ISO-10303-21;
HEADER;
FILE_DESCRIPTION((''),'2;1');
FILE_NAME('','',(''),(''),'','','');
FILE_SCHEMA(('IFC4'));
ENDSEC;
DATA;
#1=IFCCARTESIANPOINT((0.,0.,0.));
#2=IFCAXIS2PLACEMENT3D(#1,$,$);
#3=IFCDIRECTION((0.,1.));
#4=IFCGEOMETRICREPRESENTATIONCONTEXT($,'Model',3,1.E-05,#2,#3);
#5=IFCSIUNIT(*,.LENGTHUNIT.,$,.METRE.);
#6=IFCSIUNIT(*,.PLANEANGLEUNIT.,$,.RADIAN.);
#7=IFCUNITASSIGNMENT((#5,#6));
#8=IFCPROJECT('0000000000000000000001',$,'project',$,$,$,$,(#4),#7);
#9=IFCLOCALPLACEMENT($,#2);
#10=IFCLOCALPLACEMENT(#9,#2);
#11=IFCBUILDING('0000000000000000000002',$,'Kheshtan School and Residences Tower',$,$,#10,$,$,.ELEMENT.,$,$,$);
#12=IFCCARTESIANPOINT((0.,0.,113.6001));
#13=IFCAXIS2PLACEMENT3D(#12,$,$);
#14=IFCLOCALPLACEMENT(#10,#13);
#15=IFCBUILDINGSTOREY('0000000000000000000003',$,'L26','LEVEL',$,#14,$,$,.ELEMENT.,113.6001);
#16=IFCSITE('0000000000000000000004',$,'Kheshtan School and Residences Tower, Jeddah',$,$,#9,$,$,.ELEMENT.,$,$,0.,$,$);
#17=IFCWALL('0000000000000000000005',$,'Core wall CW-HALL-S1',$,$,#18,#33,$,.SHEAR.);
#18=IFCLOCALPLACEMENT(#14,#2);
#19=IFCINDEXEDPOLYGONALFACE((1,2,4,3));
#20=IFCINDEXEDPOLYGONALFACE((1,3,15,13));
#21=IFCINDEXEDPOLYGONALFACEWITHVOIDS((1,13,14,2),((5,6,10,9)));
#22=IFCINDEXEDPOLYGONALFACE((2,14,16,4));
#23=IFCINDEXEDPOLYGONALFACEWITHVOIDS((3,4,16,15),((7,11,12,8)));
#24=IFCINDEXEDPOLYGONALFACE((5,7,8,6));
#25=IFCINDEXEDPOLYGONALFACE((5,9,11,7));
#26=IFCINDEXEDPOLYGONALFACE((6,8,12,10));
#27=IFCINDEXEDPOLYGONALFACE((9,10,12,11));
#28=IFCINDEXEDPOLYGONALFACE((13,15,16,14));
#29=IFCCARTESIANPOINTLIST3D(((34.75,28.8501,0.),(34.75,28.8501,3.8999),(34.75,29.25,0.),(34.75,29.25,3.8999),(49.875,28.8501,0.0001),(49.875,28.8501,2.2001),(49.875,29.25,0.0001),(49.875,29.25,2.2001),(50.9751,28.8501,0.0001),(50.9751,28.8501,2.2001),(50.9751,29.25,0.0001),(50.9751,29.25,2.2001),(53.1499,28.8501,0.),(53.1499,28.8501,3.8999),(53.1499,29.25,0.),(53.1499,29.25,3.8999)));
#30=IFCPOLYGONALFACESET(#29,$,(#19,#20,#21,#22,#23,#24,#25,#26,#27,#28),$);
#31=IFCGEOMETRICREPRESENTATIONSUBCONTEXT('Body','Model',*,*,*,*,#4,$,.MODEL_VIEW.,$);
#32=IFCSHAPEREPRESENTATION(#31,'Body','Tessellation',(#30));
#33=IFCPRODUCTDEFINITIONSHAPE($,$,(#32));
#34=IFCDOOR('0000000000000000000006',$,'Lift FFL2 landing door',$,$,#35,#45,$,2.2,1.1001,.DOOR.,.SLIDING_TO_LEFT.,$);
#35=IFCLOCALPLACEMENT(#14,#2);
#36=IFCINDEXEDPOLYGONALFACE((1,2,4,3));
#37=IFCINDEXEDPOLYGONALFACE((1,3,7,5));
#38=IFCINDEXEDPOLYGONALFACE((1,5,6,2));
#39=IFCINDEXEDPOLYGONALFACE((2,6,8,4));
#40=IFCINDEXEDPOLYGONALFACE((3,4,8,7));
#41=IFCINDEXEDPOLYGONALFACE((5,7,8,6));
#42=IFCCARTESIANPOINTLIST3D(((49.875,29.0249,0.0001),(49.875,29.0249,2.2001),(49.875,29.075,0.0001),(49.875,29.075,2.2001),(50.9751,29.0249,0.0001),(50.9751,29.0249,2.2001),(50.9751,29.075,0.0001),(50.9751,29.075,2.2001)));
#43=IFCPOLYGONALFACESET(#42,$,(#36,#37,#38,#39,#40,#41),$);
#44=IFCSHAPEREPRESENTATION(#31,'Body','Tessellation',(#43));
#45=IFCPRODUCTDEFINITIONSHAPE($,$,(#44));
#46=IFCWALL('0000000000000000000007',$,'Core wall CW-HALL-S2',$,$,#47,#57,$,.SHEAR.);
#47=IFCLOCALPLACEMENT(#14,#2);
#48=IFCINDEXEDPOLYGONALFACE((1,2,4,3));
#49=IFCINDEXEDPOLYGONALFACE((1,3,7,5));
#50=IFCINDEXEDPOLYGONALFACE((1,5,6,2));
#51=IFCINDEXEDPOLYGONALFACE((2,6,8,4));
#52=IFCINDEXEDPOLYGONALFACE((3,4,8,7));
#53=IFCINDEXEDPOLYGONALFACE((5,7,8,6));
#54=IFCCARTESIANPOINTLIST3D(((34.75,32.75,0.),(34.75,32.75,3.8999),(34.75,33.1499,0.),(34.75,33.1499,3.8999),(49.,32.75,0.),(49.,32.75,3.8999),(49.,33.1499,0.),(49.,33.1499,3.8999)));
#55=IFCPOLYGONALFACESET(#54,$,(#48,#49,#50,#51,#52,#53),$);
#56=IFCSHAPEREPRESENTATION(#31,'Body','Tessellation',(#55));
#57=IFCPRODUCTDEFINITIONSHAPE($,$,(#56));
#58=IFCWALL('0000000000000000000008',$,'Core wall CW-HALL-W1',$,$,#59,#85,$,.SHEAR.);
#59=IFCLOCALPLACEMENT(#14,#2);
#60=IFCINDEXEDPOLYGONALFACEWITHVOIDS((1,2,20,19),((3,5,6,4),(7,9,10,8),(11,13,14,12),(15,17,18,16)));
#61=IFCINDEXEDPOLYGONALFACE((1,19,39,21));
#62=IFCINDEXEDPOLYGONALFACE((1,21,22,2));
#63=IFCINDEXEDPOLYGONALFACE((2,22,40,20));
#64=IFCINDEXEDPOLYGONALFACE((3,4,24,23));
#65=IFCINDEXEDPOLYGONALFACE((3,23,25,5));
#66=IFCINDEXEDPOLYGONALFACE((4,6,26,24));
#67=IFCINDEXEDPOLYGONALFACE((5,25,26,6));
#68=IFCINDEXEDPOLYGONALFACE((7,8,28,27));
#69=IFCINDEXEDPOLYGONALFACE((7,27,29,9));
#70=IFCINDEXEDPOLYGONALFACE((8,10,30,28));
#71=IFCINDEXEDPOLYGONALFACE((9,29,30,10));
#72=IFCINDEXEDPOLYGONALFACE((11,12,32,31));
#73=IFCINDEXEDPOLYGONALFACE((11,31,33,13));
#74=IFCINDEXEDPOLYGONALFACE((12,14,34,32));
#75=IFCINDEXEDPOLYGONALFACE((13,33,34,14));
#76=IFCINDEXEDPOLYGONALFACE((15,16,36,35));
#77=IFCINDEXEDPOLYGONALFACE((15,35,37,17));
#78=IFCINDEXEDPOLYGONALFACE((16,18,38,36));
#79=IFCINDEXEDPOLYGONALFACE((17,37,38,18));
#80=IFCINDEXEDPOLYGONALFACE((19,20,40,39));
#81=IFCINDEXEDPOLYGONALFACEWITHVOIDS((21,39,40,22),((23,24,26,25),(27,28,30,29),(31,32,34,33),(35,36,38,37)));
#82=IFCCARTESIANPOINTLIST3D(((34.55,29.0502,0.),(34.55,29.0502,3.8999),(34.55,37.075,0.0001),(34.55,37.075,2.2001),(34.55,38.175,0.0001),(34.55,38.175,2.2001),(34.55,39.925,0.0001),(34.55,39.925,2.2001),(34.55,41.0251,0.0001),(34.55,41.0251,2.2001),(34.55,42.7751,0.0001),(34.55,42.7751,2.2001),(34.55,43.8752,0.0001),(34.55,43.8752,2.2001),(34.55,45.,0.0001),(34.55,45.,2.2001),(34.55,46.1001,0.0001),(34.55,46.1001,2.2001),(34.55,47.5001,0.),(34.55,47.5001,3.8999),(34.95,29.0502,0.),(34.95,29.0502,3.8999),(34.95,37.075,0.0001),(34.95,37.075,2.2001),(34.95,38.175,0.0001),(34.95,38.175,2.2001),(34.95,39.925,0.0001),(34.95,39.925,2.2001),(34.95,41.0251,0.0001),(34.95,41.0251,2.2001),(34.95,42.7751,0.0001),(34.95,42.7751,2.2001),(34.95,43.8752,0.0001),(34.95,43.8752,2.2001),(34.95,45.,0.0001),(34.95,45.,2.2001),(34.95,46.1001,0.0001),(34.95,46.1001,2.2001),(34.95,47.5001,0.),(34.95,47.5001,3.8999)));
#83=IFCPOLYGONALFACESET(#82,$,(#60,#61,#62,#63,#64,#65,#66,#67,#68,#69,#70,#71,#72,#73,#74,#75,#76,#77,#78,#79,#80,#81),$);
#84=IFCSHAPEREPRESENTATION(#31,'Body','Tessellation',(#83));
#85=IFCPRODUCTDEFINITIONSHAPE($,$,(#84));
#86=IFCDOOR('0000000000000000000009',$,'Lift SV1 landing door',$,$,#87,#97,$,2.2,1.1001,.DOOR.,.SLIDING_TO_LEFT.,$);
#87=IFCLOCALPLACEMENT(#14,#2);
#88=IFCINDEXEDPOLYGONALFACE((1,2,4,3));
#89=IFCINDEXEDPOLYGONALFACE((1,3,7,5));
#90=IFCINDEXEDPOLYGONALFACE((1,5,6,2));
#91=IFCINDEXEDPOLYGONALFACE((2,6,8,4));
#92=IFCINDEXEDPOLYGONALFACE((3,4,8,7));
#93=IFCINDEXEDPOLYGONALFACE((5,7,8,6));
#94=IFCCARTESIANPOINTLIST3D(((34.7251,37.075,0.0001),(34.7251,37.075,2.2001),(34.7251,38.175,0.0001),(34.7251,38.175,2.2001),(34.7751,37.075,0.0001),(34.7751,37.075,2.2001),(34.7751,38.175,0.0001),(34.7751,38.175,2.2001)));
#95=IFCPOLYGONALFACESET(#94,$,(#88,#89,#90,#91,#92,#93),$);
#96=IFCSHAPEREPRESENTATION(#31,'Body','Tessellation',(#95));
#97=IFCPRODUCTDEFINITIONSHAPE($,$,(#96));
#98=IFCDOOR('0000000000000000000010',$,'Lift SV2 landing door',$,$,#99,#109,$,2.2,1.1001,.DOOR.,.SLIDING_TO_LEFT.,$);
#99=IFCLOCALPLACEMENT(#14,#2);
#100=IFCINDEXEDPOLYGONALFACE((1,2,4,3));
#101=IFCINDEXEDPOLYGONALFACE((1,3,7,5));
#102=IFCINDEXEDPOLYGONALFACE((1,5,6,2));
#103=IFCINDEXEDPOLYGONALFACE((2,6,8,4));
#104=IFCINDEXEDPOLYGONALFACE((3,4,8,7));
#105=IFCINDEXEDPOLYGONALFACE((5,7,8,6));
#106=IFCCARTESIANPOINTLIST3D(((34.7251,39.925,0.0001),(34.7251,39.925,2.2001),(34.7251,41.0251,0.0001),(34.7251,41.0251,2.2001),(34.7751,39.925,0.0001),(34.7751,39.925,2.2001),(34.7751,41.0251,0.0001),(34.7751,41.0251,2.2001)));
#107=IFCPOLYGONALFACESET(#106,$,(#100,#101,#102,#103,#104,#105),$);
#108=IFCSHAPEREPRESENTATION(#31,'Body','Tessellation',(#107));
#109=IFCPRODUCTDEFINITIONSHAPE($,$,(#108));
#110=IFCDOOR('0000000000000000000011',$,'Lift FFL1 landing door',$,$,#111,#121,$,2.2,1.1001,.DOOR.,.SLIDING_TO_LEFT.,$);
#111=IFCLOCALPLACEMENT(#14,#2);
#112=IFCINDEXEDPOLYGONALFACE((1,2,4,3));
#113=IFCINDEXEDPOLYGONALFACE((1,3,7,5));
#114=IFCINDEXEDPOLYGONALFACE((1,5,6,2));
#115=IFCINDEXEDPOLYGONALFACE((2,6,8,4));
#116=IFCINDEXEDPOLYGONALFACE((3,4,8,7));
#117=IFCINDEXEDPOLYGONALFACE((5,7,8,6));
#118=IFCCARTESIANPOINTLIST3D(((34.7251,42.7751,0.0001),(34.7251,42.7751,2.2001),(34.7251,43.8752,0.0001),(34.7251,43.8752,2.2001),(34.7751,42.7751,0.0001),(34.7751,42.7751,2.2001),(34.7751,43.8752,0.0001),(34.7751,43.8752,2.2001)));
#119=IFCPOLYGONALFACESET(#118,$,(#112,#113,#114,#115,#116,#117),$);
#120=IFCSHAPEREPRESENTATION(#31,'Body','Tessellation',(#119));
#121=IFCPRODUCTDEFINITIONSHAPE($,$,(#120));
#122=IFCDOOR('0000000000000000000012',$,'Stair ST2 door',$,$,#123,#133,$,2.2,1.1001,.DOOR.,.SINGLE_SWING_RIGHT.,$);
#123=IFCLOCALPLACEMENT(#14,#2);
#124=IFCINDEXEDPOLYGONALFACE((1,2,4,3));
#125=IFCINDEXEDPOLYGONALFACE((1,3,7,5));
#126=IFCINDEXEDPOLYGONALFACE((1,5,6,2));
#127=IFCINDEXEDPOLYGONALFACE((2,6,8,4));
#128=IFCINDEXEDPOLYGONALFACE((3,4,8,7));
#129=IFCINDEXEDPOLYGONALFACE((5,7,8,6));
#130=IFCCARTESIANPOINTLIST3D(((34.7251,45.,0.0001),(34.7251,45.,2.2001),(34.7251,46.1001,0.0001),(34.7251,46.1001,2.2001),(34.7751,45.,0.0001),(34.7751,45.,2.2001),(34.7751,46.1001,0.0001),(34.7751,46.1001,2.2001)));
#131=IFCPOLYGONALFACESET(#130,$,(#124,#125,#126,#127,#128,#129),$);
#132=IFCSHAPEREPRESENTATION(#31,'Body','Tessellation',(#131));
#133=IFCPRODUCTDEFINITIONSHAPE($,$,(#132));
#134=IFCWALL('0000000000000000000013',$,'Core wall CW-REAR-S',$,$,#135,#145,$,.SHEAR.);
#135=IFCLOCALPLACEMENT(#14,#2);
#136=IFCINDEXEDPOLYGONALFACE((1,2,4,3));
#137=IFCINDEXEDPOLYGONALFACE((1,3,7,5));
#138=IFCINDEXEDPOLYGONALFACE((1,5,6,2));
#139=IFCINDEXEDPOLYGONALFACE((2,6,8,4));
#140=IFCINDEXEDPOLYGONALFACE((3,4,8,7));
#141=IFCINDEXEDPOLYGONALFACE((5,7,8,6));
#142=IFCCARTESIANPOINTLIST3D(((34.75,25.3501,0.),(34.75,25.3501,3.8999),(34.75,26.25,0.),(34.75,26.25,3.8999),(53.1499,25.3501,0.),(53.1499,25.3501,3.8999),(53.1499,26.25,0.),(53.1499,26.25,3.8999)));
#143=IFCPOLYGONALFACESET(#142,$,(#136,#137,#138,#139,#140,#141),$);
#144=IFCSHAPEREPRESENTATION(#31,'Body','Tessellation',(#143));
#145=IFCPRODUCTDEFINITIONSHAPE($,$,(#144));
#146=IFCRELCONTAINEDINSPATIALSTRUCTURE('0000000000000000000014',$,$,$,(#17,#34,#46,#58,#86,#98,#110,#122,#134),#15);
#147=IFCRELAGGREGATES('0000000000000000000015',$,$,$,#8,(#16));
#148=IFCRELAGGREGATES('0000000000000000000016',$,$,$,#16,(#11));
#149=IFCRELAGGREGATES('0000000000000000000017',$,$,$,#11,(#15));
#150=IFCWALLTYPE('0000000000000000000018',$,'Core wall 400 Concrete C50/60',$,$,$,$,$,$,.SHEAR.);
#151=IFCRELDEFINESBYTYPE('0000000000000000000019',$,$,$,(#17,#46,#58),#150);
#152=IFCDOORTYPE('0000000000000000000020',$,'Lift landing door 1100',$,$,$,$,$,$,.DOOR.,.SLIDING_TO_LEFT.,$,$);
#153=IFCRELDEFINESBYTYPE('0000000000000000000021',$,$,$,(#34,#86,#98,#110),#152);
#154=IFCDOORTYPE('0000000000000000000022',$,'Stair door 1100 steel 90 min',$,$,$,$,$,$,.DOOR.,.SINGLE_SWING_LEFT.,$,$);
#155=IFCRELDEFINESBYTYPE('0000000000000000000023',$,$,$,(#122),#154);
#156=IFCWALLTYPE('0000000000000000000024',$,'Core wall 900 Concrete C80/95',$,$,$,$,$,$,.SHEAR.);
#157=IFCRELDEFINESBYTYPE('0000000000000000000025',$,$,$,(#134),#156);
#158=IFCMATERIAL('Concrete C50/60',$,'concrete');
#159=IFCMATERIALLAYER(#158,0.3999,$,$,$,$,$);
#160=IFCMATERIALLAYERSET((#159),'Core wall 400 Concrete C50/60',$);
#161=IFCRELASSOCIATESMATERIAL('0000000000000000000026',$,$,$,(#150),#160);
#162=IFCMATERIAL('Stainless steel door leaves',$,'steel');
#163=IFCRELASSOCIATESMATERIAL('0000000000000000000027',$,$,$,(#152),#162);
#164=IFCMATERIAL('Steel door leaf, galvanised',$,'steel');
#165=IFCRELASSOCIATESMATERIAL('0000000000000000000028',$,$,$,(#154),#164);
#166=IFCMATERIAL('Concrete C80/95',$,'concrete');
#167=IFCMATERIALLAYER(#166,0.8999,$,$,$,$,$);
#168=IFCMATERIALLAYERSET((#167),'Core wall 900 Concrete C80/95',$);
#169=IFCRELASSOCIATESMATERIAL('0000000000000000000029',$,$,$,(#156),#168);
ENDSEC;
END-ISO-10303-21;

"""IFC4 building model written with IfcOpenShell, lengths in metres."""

from ifc_helpers import new_model, si_unit, direction, frame, frame_2d, origin, place, context, subcontext, project, spatial, rectangle, extrude, source, transform, mapped, material, layer, layer_set, type_object, element, fill, save


model = new_model("IFC4")

# Units and contexts
model_context = context("Model", 3, precision=1e-05, world=origin(), true_north=direction((0.0, 1.0)))
body_context = subcontext(model_context, "Body", "Model", "MODEL_VIEW")
ifc_project = project(units=[si_unit("LENGTHUNIT", "METRE"), si_unit("PLANEANGLEUNIT", "RADIAN")], contexts=[model_context])

# Site, building, storey
site_placement = place(None, origin())
site = spatial("IfcSite", under=ifc_project, at=site_placement, Name="Kheshtan School and Residences Tower, Jeddah", CompositionType="ELEMENT", RefElevation=0.0)
building_placement = place(site_placement, origin())
building = spatial("IfcBuilding", under=site, at=building_placement, Name="Kheshtan School and Residences Tower", CompositionType="ELEMENT")
storey_placement = place(building_placement, frame((0.0, 0.0, 113.6001)))
storey = spatial("IfcBuildingStorey", under=building, at=storey_placement, Name="L26", Description="LEVEL", CompositionType="ELEMENT", Elevation=113.6001)

# Wall, opening, door
ifc_material_1 = material(Name="Concrete C50/60", Category="concrete")
ifc_layer_1 = layer(ifc_material_1, 0.3999)
ifc_layer_set_1 = layer_set([ifc_layer_1], Name="Core wall 400 Concrete C50/60")
wall_type_1 = type_object("IfcWallType", Name="Core wall 400 Concrete C50/60", PredefinedType="SHEAR", material=ifc_layer_set_1)
wall_1_placement = place(storey_placement, frame((34.75, 29.05, 0.0), z_axis=(0.0, 0.0, 1.0), x_axis=(1.0, 0.0, 0.0)))
wall_1 = element("IfcWall", 1, at=wall_1_placement, inside=storey, type_object=wall_type_1, Name="Core wall CW-HALL-S1", PredefinedType="SHEAR", context=body_context, shape_type="SweptSolid", body=[
    extrude(rectangle(XDim=18.3999, YDim=0.3999, at=frame_2d((9.2, 0.0))), origin(), (0.0, 0.0, 1.0), 3.8999),
])
opening_1_placement = place(wall_1_placement, frame((15.125, 0.0, 0.0)))
opening_1 = element("IfcOpeningElement", 2, at=opening_1_placement, cuts=wall_1, PredefinedType="OPENING", context=body_context, shape_type="SweptSolid", body=[
    extrude(rectangle(XDim=1.1001, YDim=2.2, at=frame_2d((0.55, 1.1001))), frame((0.0, 0.21, 0.0), z_axis=(0.0, -1.0, 0.0), x_axis=(1.0, 0.0, 0.0)), (0.0, 0.0, 1.0), 0.4199),
])
ifc_material_2 = material(Name="Stainless steel door leaves", Category="steel")
door_type_1 = type_object("IfcDoorType", Name="Lift landing door 1100", OperationType="SLIDING_TO_LEFT", PredefinedType="DOOR", material=ifc_material_2)
shared_shape_1 = source(origin(), body_context, "Body", "SweptSolid", [
    extrude(rectangle(XDim=1.1001, YDim=2.2, at=frame_2d((0.55, 1.1001))), frame((0.0, 0.0249, 0.0), z_axis=(0.0, -1.0, 0.0), x_axis=(1.0, 0.0, 0.0)), (0.0, 0.0, 1.0), 0.05),
])
door_1_placement = place(opening_1_placement, origin())
door_1 = element("IfcDoor", 3, at=door_1_placement, inside=storey, type_object=door_type_1, Name="Lift FFL2 landing door", OperationType="SLIDING_TO_LEFT", OverallHeight=2.2, OverallWidth=1.1001, PredefinedType="DOOR", context=body_context, shape_type="MappedRepresentation", body=[
    mapped(shared_shape_1, transform((0.0, 0.0, 0.0), x_axis=(1.0, 0.0, 0.0), y_axis=(0.0, 1.0, 0.0), z_axis=(0.0, 0.0, 1.0), scale=1.0)),
])
fill(opening_1, door_1)

# Wall
wall_2_placement = place(storey_placement, frame((34.75, 32.95, 0.0), z_axis=(0.0, 0.0, 1.0), x_axis=(1.0, 0.0, 0.0)))
element("IfcWall", 4, at=wall_2_placement, inside=storey, type_object=wall_type_1, Name="Core wall CW-HALL-S2", PredefinedType="SHEAR", context=body_context, shape_type="SweptSolid", body=[
    extrude(rectangle(XDim=14.25, YDim=0.3999, at=frame_2d((7.125, 0.0))), origin(), (0.0, 0.0, 1.0), 3.8999),
])

# Wall, openings, doors
wall_3_placement = place(storey_placement, frame((34.75, 29.05, 0.0), z_axis=(0.0, 0.0, 1.0), x_axis=(0.0, 1.0, 0.0)))
wall_3 = element("IfcWall", 5, at=wall_3_placement, inside=storey, type_object=wall_type_1, Name="Core wall CW-HALL-W1", PredefinedType="SHEAR", context=body_context, shape_type="SweptSolid", body=[
    extrude(rectangle(XDim=18.45, YDim=0.3999, at=frame_2d((9.2251, 0.0))), origin(), (0.0, 0.0, 1.0), 3.8999),
])
opening_2_placement = place(wall_3_placement, frame((8.0249, 0.0, 0.0)))
opening_2 = element("IfcOpeningElement", 6, at=opening_2_placement, cuts=wall_3, PredefinedType="OPENING", context=body_context, shape_type="SweptSolid", body=[
    extrude(rectangle(XDim=1.1001, YDim=2.2, at=frame_2d((0.55, 1.1001))), frame((0.0, 0.21, 0.0), z_axis=(0.0, -1.0, 0.0), x_axis=(1.0, 0.0, 0.0)), (0.0, 0.0, 1.0), 0.4199),
])
opening_3_placement = place(wall_3_placement, frame((10.875, 0.0, 0.0)))
opening_3 = element("IfcOpeningElement", 7, at=opening_3_placement, cuts=wall_3, PredefinedType="OPENING", context=body_context, shape_type="SweptSolid", body=[
    extrude(rectangle(XDim=1.1001, YDim=2.2, at=frame_2d((0.55, 1.1001))), frame((0.0, 0.21, 0.0), z_axis=(0.0, -1.0, 0.0), x_axis=(1.0, 0.0, 0.0)), (0.0, 0.0, 1.0), 0.4199),
])
opening_4_placement = place(wall_3_placement, frame((13.7251, 0.0, 0.0)))
opening_4 = element("IfcOpeningElement", 8, at=opening_4_placement, cuts=wall_3, PredefinedType="OPENING", context=body_context, shape_type="SweptSolid", body=[
    extrude(rectangle(XDim=1.1001, YDim=2.2, at=frame_2d((0.55, 1.1001))), frame((0.0, 0.21, 0.0), z_axis=(0.0, -1.0, 0.0), x_axis=(1.0, 0.0, 0.0)), (0.0, 0.0, 1.0), 0.4199),
])
opening_5_placement = place(wall_3_placement, frame((15.95, 0.0, 0.0)))
opening_5 = element("IfcOpeningElement", 9, at=opening_5_placement, cuts=wall_3, PredefinedType="OPENING", context=body_context, shape_type="SweptSolid", body=[
    extrude(rectangle(XDim=1.1001, YDim=2.2, at=frame_2d((0.55, 1.1001))), frame((0.0, 0.21, 0.0), z_axis=(0.0, -1.0, 0.0), x_axis=(1.0, 0.0, 0.0)), (0.0, 0.0, 1.0), 0.4199),
])
door_2_placement = place(opening_2_placement, origin())
door_2 = element("IfcDoor", 10, at=door_2_placement, inside=storey, type_object=door_type_1, Name="Lift SV1 landing door", OperationType="SLIDING_TO_LEFT", OverallHeight=2.2, OverallWidth=1.1001, PredefinedType="DOOR", context=body_context, shape_type="MappedRepresentation", body=[
    mapped(shared_shape_1, transform((0.0, 0.0, 0.0), x_axis=(1.0, 0.0, 0.0), y_axis=(0.0, 1.0, 0.0), z_axis=(0.0, 0.0, 1.0), scale=1.0)),
])
fill(opening_2, door_2)
door_3_placement = place(opening_3_placement, origin())
door_3 = element("IfcDoor", 11, at=door_3_placement, inside=storey, type_object=door_type_1, Name="Lift SV2 landing door", OperationType="SLIDING_TO_LEFT", OverallHeight=2.2, OverallWidth=1.1001, PredefinedType="DOOR", context=body_context, shape_type="MappedRepresentation", body=[
    mapped(shared_shape_1, transform((0.0, 0.0, 0.0), x_axis=(1.0, 0.0, 0.0), y_axis=(0.0, 1.0, 0.0), z_axis=(0.0, 0.0, 1.0), scale=1.0)),
])
fill(opening_3, door_3)
door_4_placement = place(opening_4_placement, origin())
door_4 = element("IfcDoor", 12, at=door_4_placement, inside=storey, type_object=door_type_1, Name="Lift FFL1 landing door", OperationType="SLIDING_TO_LEFT", OverallHeight=2.2, OverallWidth=1.1001, PredefinedType="DOOR", context=body_context, shape_type="MappedRepresentation", body=[
    mapped(shared_shape_1, transform((0.0, 0.0, 0.0), x_axis=(1.0, 0.0, 0.0), y_axis=(0.0, 1.0, 0.0), z_axis=(0.0, 0.0, 1.0), scale=1.0)),
])
fill(opening_4, door_4)
ifc_material_3 = material(Name="Steel door leaf, galvanised", Category="steel")
door_type_2 = type_object("IfcDoorType", Name="Stair door 1100 steel 90 min", OperationType="SINGLE_SWING_LEFT", PredefinedType="DOOR", material=ifc_material_3)
shared_shape_2 = source(origin(), body_context, "Body", "SweptSolid", [
    extrude(rectangle(XDim=1.1001, YDim=2.2, at=frame_2d((0.55, 1.1001))), frame((0.0, 0.0249, 0.0), z_axis=(0.0, -1.0, 0.0), x_axis=(1.0, 0.0, 0.0)), (0.0, 0.0, 1.0), 0.05),
])
door_5_placement = place(opening_5_placement, origin())
door_5 = element("IfcDoor", 13, at=door_5_placement, inside=storey, type_object=door_type_2, Name="Stair ST2 door", OperationType="SINGLE_SWING_RIGHT", OverallHeight=2.2, OverallWidth=1.1001, PredefinedType="DOOR", context=body_context, shape_type="MappedRepresentation", body=[
    mapped(shared_shape_2, transform((0.0, 0.0, 0.0), x_axis=(1.0, 0.0, 0.0), y_axis=(0.0, 1.0, 0.0), z_axis=(0.0, 0.0, 1.0), scale=1.0)),
])
fill(opening_5, door_5)

# Wall
ifc_material_4 = material(Name="Concrete C80/95", Category="concrete")
ifc_layer_2 = layer(ifc_material_4, 0.8999)
ifc_layer_set_2 = layer_set([ifc_layer_2], Name="Core wall 900 Concrete C80/95")
wall_type_2 = type_object("IfcWallType", Name="Core wall 900 Concrete C80/95", PredefinedType="SHEAR", material=ifc_layer_set_2)
wall_4_placement = place(storey_placement, frame((34.75, 25.8, 0.0), z_axis=(0.0, 0.0, 1.0), x_axis=(1.0, 0.0, 0.0)))
element("IfcWall", 14, at=wall_4_placement, inside=storey, type_object=wall_type_2, Name="Core wall CW-REAR-S", PredefinedType="SHEAR", context=body_context, shape_type="SweptSolid", body=[
    extrude(rectangle(XDim=18.3999, YDim=0.8999, at=frame_2d((9.2, 0.0))), origin(), (0.0, 0.0, 1.0), 3.8999),
])

save(model, "model.ifc")
